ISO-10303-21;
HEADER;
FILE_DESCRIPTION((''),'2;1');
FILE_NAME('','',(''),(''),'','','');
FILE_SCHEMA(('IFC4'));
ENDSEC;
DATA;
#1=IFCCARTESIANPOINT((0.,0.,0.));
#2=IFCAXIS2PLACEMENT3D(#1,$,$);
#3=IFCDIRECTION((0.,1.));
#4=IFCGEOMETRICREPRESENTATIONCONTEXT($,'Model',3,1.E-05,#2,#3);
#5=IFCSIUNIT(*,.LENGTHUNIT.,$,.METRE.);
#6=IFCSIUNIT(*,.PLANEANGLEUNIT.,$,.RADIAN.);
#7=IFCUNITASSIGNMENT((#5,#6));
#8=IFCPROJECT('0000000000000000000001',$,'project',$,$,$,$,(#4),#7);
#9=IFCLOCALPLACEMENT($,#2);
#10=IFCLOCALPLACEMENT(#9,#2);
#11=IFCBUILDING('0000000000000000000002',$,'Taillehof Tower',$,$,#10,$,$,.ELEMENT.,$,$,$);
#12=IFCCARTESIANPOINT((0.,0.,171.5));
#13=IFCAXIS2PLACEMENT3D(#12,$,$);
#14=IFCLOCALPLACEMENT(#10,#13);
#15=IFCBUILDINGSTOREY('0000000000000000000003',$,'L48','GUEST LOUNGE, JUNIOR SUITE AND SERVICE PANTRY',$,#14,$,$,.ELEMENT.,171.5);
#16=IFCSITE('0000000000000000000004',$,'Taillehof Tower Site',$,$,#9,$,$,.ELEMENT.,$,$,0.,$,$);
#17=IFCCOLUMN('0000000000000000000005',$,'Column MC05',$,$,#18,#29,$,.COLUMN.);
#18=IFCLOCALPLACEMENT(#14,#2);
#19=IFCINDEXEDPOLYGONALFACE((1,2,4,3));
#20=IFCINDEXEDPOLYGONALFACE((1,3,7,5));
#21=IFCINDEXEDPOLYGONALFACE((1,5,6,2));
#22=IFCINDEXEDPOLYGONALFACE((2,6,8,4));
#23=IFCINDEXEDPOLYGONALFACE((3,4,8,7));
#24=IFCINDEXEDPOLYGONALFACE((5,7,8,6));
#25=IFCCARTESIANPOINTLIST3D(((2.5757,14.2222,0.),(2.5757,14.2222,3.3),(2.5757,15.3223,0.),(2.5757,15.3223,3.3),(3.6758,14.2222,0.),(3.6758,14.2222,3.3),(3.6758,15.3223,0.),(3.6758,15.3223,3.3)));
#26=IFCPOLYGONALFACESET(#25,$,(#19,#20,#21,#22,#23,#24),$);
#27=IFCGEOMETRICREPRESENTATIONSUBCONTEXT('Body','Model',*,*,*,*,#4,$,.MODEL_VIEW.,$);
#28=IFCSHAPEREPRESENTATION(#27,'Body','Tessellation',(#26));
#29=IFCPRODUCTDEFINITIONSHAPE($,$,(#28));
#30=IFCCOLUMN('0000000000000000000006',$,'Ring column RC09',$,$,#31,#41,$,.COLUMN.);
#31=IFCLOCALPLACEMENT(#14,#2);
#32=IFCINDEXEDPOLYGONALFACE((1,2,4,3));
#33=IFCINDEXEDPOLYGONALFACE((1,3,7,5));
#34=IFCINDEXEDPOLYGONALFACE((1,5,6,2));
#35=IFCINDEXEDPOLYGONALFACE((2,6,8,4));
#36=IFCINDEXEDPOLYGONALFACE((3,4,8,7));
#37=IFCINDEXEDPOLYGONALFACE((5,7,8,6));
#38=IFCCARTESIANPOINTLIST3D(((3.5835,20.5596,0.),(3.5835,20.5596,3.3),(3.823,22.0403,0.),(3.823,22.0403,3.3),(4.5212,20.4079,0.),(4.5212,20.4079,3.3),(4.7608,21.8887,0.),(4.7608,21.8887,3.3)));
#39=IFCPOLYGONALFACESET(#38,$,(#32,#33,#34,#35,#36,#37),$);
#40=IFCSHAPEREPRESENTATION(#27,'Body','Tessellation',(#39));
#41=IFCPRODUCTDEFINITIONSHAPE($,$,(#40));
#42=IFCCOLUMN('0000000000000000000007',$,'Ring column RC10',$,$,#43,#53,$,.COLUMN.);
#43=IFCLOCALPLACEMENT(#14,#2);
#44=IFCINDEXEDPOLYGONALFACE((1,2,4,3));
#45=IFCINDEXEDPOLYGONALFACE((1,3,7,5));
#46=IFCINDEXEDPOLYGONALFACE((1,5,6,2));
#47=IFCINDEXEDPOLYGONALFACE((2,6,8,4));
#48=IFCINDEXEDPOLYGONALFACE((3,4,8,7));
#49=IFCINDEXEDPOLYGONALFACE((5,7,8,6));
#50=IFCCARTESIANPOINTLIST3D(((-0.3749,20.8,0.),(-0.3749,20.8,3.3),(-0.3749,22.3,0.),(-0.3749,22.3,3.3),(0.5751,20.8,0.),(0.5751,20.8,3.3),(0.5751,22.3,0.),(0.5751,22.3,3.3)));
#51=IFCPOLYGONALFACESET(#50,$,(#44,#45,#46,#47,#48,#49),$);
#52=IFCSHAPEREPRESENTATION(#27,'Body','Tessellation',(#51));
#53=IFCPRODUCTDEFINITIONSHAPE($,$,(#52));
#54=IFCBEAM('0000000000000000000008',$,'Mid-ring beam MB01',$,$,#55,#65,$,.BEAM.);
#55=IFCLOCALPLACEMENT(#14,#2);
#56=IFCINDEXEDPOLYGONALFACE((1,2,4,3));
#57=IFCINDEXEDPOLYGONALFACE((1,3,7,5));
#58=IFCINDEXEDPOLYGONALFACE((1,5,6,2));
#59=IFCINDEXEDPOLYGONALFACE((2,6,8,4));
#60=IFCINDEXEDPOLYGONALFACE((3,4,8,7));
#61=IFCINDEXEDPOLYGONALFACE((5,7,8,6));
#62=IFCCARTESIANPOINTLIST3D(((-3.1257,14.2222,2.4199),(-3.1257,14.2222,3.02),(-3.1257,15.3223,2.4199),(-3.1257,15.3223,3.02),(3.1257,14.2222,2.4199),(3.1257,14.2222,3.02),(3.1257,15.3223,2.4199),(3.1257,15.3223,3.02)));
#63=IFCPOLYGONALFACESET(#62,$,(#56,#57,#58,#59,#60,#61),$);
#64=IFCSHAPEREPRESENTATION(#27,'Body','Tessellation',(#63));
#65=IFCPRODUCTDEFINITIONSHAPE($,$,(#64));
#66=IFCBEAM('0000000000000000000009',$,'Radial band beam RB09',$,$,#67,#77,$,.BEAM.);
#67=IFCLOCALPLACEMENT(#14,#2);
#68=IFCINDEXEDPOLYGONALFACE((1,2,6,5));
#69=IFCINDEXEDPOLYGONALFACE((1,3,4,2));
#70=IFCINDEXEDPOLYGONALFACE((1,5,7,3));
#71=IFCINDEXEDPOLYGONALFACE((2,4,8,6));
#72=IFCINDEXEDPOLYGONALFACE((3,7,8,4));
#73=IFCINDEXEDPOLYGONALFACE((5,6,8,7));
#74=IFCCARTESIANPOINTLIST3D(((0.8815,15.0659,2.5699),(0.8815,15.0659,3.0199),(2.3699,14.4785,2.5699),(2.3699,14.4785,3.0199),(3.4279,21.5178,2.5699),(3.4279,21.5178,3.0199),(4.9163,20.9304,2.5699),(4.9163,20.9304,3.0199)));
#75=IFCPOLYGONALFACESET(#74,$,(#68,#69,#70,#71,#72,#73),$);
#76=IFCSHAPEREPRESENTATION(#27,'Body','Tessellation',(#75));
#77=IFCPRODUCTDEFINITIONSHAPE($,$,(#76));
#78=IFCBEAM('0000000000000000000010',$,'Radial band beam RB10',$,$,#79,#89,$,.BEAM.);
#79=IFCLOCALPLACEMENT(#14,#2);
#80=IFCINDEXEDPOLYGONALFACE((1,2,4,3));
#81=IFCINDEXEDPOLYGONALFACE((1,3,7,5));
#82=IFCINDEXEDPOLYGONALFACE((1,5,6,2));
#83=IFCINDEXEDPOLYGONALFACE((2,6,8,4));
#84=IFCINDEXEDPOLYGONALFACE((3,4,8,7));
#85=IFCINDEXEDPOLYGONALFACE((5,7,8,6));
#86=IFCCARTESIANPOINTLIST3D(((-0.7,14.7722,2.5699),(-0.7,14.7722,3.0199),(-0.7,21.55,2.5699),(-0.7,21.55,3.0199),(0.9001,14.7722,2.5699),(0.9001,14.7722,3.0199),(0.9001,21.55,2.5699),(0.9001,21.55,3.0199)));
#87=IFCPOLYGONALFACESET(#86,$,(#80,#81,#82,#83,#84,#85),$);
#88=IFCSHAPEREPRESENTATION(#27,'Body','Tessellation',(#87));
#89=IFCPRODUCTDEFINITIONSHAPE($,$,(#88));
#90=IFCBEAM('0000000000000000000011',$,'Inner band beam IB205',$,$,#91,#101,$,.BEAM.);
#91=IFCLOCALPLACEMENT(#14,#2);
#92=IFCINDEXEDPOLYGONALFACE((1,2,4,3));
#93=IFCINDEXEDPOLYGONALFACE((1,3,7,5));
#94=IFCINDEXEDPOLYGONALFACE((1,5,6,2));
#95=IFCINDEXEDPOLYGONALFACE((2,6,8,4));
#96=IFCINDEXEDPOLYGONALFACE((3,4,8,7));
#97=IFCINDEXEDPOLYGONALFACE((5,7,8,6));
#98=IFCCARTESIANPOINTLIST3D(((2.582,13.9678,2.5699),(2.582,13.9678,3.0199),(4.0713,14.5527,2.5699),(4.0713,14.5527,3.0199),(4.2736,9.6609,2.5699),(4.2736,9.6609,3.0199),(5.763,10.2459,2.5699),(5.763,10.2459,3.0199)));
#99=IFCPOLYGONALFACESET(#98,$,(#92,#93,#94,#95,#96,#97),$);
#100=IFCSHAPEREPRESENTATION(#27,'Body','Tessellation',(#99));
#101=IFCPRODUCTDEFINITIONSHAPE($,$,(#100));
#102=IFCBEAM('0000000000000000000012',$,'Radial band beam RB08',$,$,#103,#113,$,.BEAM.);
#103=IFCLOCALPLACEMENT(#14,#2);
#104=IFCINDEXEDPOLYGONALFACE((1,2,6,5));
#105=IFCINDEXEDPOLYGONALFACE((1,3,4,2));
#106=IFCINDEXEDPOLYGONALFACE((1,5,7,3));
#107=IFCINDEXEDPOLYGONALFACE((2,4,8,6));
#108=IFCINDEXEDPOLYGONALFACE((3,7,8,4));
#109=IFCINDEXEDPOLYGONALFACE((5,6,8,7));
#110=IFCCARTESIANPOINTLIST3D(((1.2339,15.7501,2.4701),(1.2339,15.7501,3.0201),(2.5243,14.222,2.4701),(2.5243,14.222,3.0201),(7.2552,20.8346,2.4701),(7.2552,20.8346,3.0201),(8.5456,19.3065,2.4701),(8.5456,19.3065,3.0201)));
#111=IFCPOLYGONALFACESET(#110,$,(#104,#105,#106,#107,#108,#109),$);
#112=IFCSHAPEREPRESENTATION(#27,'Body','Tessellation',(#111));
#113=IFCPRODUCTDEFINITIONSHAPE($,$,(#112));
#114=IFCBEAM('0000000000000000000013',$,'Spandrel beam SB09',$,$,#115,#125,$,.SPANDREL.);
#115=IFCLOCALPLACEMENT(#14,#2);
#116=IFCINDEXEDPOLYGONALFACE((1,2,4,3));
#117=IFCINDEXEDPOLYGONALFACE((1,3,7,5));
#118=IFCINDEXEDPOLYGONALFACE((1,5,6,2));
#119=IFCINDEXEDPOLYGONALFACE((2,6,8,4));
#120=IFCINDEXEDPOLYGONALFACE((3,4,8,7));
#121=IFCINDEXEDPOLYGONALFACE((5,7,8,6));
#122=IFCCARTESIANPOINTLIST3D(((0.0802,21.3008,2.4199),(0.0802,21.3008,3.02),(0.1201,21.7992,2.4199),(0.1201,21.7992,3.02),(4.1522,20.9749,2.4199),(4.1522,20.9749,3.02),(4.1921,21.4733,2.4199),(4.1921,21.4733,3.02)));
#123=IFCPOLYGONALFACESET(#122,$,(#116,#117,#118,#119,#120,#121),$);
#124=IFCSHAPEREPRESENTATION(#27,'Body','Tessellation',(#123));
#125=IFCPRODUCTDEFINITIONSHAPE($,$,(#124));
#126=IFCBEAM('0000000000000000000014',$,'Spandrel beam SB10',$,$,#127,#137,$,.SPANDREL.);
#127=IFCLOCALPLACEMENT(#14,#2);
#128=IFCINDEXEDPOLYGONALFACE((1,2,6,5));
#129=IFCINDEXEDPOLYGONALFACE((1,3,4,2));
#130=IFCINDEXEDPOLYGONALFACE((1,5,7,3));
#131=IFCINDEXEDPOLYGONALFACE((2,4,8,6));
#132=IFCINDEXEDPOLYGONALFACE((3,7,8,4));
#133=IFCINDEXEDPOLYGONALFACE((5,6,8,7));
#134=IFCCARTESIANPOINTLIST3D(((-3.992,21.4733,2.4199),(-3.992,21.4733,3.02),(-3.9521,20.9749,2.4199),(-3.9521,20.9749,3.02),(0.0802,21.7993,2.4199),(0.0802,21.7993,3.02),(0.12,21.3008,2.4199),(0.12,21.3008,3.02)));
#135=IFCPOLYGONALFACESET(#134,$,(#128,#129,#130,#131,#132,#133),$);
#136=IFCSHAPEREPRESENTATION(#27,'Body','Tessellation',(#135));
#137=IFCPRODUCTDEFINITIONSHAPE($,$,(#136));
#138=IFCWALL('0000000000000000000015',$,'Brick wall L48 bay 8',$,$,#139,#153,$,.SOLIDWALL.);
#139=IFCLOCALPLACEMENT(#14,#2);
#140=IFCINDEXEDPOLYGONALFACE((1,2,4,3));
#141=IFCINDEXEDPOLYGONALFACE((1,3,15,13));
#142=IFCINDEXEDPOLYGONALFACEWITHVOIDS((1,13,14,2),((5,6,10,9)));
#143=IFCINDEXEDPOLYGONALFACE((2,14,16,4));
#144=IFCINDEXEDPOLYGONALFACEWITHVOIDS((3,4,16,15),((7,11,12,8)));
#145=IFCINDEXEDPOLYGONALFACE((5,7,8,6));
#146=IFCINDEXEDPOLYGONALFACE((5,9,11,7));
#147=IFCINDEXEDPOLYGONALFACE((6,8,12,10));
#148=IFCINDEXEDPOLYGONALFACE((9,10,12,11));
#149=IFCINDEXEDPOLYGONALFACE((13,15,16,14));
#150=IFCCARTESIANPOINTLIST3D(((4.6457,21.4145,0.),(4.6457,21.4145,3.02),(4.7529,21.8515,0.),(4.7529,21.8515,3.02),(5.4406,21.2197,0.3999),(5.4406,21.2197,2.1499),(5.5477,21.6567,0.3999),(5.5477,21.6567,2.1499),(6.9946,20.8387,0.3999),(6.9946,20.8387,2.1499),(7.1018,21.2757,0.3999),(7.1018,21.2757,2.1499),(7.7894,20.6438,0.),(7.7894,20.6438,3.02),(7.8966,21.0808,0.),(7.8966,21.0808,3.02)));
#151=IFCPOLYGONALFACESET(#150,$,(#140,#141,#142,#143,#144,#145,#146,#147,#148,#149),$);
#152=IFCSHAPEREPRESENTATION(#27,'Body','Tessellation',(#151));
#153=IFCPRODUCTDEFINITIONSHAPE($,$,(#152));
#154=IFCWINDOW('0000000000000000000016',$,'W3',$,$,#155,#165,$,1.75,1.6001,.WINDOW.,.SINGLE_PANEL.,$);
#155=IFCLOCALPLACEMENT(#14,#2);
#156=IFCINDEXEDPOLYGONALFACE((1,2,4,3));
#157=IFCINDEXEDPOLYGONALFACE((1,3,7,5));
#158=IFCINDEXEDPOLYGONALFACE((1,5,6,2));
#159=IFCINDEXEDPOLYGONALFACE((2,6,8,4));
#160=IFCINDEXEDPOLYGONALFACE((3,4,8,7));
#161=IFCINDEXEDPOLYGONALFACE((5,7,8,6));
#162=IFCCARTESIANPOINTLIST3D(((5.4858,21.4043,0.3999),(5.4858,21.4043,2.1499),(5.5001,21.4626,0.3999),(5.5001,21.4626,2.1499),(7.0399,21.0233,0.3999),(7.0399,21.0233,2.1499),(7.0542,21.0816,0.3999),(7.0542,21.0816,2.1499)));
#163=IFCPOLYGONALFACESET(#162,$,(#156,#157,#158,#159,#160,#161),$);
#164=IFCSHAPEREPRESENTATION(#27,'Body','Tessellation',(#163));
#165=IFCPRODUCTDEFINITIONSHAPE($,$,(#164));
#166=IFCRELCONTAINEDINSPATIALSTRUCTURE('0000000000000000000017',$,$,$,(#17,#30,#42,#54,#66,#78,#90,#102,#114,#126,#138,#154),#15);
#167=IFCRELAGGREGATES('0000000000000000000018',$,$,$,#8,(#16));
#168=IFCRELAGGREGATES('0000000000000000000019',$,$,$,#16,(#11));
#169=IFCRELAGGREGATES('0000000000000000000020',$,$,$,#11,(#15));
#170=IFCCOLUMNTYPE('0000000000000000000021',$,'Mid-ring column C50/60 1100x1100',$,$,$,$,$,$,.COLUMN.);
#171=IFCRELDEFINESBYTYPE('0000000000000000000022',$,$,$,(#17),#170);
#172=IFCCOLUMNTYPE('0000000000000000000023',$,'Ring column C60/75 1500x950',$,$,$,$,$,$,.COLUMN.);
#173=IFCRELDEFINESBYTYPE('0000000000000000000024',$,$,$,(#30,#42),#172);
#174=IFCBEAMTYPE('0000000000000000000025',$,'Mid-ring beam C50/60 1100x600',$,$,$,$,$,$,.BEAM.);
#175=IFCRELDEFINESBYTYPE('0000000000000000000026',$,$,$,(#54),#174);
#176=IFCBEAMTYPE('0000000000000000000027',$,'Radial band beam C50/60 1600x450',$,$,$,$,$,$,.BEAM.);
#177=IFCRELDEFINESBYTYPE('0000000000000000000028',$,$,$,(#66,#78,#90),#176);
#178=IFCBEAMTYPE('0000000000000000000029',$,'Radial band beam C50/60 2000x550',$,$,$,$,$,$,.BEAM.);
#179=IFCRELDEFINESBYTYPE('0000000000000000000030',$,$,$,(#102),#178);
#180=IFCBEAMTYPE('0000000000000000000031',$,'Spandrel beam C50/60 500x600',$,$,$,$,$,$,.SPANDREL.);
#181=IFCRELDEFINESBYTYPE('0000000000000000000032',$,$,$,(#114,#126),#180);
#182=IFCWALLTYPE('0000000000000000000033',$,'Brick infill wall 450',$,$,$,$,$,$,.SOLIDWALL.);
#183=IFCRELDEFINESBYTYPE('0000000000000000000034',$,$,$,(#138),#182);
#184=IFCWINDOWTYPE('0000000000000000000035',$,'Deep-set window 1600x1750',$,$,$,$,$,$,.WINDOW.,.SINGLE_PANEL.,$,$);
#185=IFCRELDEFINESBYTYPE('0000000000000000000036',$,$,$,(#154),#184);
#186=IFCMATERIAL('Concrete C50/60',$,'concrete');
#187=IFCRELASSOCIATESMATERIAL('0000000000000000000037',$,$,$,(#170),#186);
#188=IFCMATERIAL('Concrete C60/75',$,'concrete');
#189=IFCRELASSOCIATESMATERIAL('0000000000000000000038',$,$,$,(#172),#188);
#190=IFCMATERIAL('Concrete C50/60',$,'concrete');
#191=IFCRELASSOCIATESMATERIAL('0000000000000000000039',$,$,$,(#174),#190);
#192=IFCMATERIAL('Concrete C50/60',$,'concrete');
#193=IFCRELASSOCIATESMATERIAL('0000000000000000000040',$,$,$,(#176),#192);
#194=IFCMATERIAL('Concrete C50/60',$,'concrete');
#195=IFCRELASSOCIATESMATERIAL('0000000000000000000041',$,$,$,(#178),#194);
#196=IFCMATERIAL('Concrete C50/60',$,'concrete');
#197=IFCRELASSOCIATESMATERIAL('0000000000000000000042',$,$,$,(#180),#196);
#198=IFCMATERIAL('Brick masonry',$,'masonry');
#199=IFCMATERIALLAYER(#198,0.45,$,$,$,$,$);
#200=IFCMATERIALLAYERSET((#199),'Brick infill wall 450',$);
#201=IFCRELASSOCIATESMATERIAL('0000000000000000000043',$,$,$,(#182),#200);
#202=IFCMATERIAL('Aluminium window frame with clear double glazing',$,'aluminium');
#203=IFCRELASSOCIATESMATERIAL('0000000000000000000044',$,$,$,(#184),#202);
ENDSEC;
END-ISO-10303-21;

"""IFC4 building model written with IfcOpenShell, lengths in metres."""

from ifc_helpers import new_model, si_unit, direction, frame, frame_2d, origin, origin_2d, place, context, subcontext, project, spatial, rectangle, extrude, material, layer, layer_set, material_profile, profile_set, type_object, element, fill, save


model = new_model("IFC4")

# Units and contexts
model_context = context("Model", 3, precision=1e-05, world=origin(), true_north=direction((0.0, 1.0)))
body_context = subcontext(model_context, "Body", "Model", "MODEL_VIEW")
ifc_project = project(units=[si_unit("LENGTHUNIT", "METRE"), si_unit("PLANEANGLEUNIT", "RADIAN")], contexts=[model_context])

# Site, building, storey
site_placement = place(None, origin())
site = spatial("IfcSite", under=ifc_project, at=site_placement, Name="Taillehof Tower Site", CompositionType="ELEMENT", RefElevation=0.0)
building_placement = place(site_placement, origin())
building = spatial("IfcBuilding", under=site, at=building_placement, Name="Taillehof Tower", CompositionType="ELEMENT")
storey_placement = place(building_placement, frame((0.0, 0.0, 171.5)))
storey = spatial("IfcBuildingStorey", under=building, at=storey_placement, Name="L48", Description="GUEST LOUNGE, JUNIOR SUITE AND SERVICE PANTRY", CompositionType="ELEMENT", Elevation=171.5)

# Columns
ifc_material_1 = material(Name="Concrete C50/60", Category="concrete")
ifc_material_profile_1 = material_profile(ifc_material_1, rectangle(XDim=1.1001, YDim=1.1001, at=origin_2d()), Name="RC 1100x1100")
ifc_profile_set_1 = profile_set([ifc_material_profile_1], Name="Concrete C50/60")
column_type_1 = type_object("IfcColumnType", Name="Mid-ring column C50/60 1100x1100", PredefinedType="COLUMN", material=ifc_profile_set_1)
column_placement = place(storey_placement, frame((3.1257, 14.7722, 0.0), z_axis=(0.0, 0.0, 1.0), x_axis=(1.0, 0.0, 0.0)))
element("IfcColumn", 1, at=column_placement, inside=storey, type_object=column_type_1, Name="Column MC05", PredefinedType="COLUMN", context=body_context, shape_type="SweptSolid", body=[
    extrude(rectangle(XDim=1.1001, YDim=1.1001, at=origin_2d()), origin(), (0.0, 0.0, 1.0), 3.3),
])
ifc_material_2 = material(Name="Concrete C60/75", Category="concrete")
ifc_material_profile_2 = material_profile(ifc_material_2, rectangle(XDim=1.5, YDim=0.95, at=origin_2d()), Name="RC 1500x950")
ifc_profile_set_2 = profile_set([ifc_material_profile_2], Name="Concrete C60/75")
column_type_2 = type_object("IfcColumnType", Name="Ring column C60/75 1500x950", PredefinedType="COLUMN", material=ifc_profile_set_2)
for number, where, z_axis, x_axis, name in (
    (2, (4.1721, 21.2241, 0.0), (0.0, 0.0, 1.0), (0.159679, 0.987169, 0.0), "Ring column RC09"),
    (3, (0.1001, 21.55, 0.0), (0.0, 0.0, 1.0), (0.0, 1.0, 0.0), "Ring column RC10"),
):
    element("IfcColumn", number, at=place(storey_placement, frame(where, z_axis=z_axis, x_axis=x_axis)), inside=storey, type_object=column_type_2, Name=name, PredefinedType="COLUMN", context=body_context, shape_type="SweptSolid", body=[
        extrude(rectangle(XDim=1.5, YDim=0.95, at=origin_2d()), origin(), (0.0, 0.0, 1.0), 3.3),
    ])

# Beams
ifc_material_3 = material(Name="Concrete C50/60", Category="concrete")
ifc_material_profile_3 = material_profile(ifc_material_3, rectangle(XDim=1.1001, YDim=0.6001, at=origin_2d()), Name="RC 1100x600")
ifc_profile_set_3 = profile_set([ifc_material_profile_3], Name="Concrete C50/60")
beam_type_1 = type_object("IfcBeamType", Name="Mid-ring beam C50/60 1100x600", PredefinedType="BEAM", material=ifc_profile_set_3)
beam_1_placement = place(storey_placement, frame((3.1257, 14.7722, 2.72), z_axis=(-1.0, 0.0, 0.0), x_axis=(0.0, -1.0, 0.0)))
element("IfcBeam", 4, at=beam_1_placement, inside=storey, type_object=beam_type_1, Name="Mid-ring beam MB01", PredefinedType="BEAM", context=body_context, shape_type="SweptSolid", body=[
    extrude(rectangle(XDim=1.1001, YDim=0.6001, at=origin_2d()), origin(), (0.0, 0.0, 1.0), 6.2515),
])
ifc_material_4 = material(Name="Concrete C50/60", Category="concrete")
ifc_material_profile_4 = material_profile(ifc_material_4, rectangle(XDim=1.6001, YDim=0.45, at=origin_2d()), Name="RC 1600x450")
ifc_profile_set_4 = profile_set([ifc_material_profile_4], Name="Concrete C50/60")
beam_type_2 = type_object("IfcBeamType", Name="Radial band beam C50/60 1600x450", PredefinedType="BEAM", material=ifc_profile_set_4)
beam_2_placement = place(storey_placement, frame((4.1721, 21.2241, 2.7949), z_axis=(-0.367114, -0.930176, 0.0), x_axis=(0.930176, -0.367114, 0.0)))
element("IfcBeam", 5, at=beam_2_placement, inside=storey, type_object=beam_type_2, Name="Radial band beam RB09", PredefinedType="BEAM", context=body_context, shape_type="SweptSolid", body=[
    extrude(rectangle(XDim=1.6001, YDim=0.45, at=origin_2d()), origin(), (0.0, 0.0, 1.0), 6.9363),
])
beam_3_placement = place(storey_placement, frame((0.1001, 21.55, 2.7949), z_axis=(0.0, -1.0, 0.0), x_axis=(1.0, 0.0, 0.0)))
element("IfcBeam", 6, at=beam_3_placement, inside=storey, type_object=beam_type_2, Name="Radial band beam RB10", PredefinedType="BEAM", context=body_context, shape_type="SweptSolid", body=[
    extrude(rectangle(XDim=1.6001, YDim=0.45, at=origin_2d()), origin(), (0.0, 0.0, 1.0), 6.7778),
])
beam_4_placement = place(storey_placement, frame((3.3267, 14.2603, 2.7949), z_axis=(0.365589, -0.930777, 0.0), x_axis=(0.930777, 0.365589, 0.0)))
element("IfcBeam", 7, at=beam_4_placement, inside=storey, type_object=beam_type_2, Name="Inner band beam IB205", PredefinedType="BEAM", context=body_context, shape_type="SweptSolid", body=[
    extrude(rectangle(XDim=1.6001, YDim=0.45, at=origin_2d()), origin(), (0.0, 0.0, 1.0), 4.6272),
])
ifc_material_5 = material(Name="Concrete C50/60", Category="concrete")
ifc_material_profile_5 = material_profile(ifc_material_5, rectangle(XDim=2.0, YDim=0.55, at=origin_2d()), Name="RC 2000x550")
ifc_profile_set_5 = profile_set([ifc_material_profile_5], Name="Concrete C50/60")
beam_type_3 = type_object("IfcBeamType", Name="Radial band beam C50/60 2000x550", PredefinedType="BEAM", material=ifc_profile_set_5)
beam_5_placement = place(storey_placement, frame((7.9004, 20.0706, 2.7451), z_axis=(-0.764038, -0.645171, 0.0), x_axis=(0.645171, -0.764038, 0.0)))
element("IfcBeam", 8, at=beam_5_placement, inside=storey, type_object=beam_type_3, Name="Radial band beam RB08", PredefinedType="BEAM", context=body_context, shape_type="SweptSolid", body=[
    extrude(rectangle(XDim=2.0, YDim=0.55, at=origin_2d()), origin(), (0.0, 0.0, 1.0), 7.8809),
])
ifc_material_6 = material(Name="Concrete C50/60", Category="concrete")
ifc_material_profile_6 = material_profile(ifc_material_6, rectangle(XDim=0.5, YDim=0.6001, at=origin_2d()), Name="RC 500x600")
ifc_profile_set_6 = profile_set([ifc_material_profile_6], Name="Concrete C50/60")
beam_type_4 = type_object("IfcBeamType", Name="Spandrel beam C50/60 500x600", PredefinedType="SPANDREL", material=ifc_profile_set_6)
beam_6_placement = place(storey_placement, frame((4.1721, 21.2241, 2.72), z_axis=(-0.996812, 0.079786, 0.0), x_axis=(-0.079786, -0.996812, 0.0)))
element("IfcBeam", 9, at=beam_6_placement, inside=storey, type_object=beam_type_4, Name="Spandrel beam SB09", PredefinedType="SPANDREL", context=body_context, shape_type="SweptSolid", body=[
    extrude(rectangle(XDim=0.5, YDim=0.6001, at=origin_2d()), origin(), (0.0, 0.0, 1.0), 4.085),
])
beam_7_placement = place(storey_placement, frame((0.1001, 21.55, 2.72), z_axis=(-0.996812, -0.079781, 0.0), x_axis=(0.079781, -0.996812, 0.0)))
element("IfcBeam", 10, at=beam_7_placement, inside=storey, type_object=beam_type_4, Name="Spandrel beam SB10", PredefinedType="SPANDREL", context=body_context, shape_type="SweptSolid", body=[
    extrude(rectangle(XDim=0.5, YDim=0.6001, at=origin_2d()), origin(), (0.0, 0.0, 1.0), 4.0852),
])

# Wall, opening, window
ifc_material_7 = material(Name="Brick masonry", Category="masonry")
ifc_layer_1 = layer(ifc_material_7, 0.45)
ifc_layer_set_1 = layer_set([ifc_layer_1], Name="Brick infill wall 450")
wall_type_1 = type_object("IfcWallType", Name="Brick infill wall 450", PredefinedType="SOLIDWALL", material=ifc_layer_set_1)
wall_1_placement = place(storey_placement, frame((7.843, 20.8623, 0.0), z_axis=(0.0, 0.0, 1.0), x_axis=(-0.971237, 0.238114, 0.0)))
wall_1 = element("IfcWall", 11, at=wall_1_placement, inside=storey, type_object=wall_type_1, Name="Brick wall L48 bay 8", PredefinedType="SOLIDWALL", context=body_context, shape_type="SweptSolid", body=[
    extrude(rectangle(XDim=3.2368, YDim=0.45, at=frame_2d((1.6184, 0.0))), origin(), (0.0, 0.0, 1.0), 3.02),
])
opening_1_placement = place(wall_1_placement, frame((0.8184, 0.0, 0.3999)))
opening_1 = element("IfcOpeningElement", 12, at=opening_1_placement, cuts=wall_1, PredefinedType="OPENING", context=body_context, shape_type="SweptSolid", body=[
    extrude(rectangle(XDim=1.6001, YDim=1.75, at=frame_2d((0.8, 0.875))), frame((0.0, 0.2349, 0.0), z_axis=(0.0, -1.0, 0.0), x_axis=(1.0, 0.0, 0.0)), (0.0, 0.0, 1.0), 0.47),
])
ifc_material_8 = material(Name="Aluminium window frame with clear double glazing", Category="aluminium")
window_type = type_object("IfcWindowType", Name="Deep-set window 1600x1750", PartitioningType="SINGLE_PANEL", PredefinedType="WINDOW", material=ifc_material_8)
window_1_placement = place(opening_1_placement, origin())
window_1 = element("IfcWindow", 13, at=window_1_placement, inside=storey, type_object=window_type, Name="W3", OverallHeight=1.75, OverallWidth=1.6001, PartitioningType="SINGLE_PANEL", PredefinedType="WINDOW", context=body_context, shape_type="SweptSolid", body=[
    extrude(rectangle(XDim=1.6001, YDim=1.75, at=frame_2d((0.8, 0.875))), frame((0.0, 0.0349, 0.0), z_axis=(0.0, -1.0, 0.0), x_axis=(1.0, 0.0, 0.0)), (0.0, 0.0, 1.0), 0.0601),
])
fill(opening_1, window_1)

save(model, "model.ifc")
